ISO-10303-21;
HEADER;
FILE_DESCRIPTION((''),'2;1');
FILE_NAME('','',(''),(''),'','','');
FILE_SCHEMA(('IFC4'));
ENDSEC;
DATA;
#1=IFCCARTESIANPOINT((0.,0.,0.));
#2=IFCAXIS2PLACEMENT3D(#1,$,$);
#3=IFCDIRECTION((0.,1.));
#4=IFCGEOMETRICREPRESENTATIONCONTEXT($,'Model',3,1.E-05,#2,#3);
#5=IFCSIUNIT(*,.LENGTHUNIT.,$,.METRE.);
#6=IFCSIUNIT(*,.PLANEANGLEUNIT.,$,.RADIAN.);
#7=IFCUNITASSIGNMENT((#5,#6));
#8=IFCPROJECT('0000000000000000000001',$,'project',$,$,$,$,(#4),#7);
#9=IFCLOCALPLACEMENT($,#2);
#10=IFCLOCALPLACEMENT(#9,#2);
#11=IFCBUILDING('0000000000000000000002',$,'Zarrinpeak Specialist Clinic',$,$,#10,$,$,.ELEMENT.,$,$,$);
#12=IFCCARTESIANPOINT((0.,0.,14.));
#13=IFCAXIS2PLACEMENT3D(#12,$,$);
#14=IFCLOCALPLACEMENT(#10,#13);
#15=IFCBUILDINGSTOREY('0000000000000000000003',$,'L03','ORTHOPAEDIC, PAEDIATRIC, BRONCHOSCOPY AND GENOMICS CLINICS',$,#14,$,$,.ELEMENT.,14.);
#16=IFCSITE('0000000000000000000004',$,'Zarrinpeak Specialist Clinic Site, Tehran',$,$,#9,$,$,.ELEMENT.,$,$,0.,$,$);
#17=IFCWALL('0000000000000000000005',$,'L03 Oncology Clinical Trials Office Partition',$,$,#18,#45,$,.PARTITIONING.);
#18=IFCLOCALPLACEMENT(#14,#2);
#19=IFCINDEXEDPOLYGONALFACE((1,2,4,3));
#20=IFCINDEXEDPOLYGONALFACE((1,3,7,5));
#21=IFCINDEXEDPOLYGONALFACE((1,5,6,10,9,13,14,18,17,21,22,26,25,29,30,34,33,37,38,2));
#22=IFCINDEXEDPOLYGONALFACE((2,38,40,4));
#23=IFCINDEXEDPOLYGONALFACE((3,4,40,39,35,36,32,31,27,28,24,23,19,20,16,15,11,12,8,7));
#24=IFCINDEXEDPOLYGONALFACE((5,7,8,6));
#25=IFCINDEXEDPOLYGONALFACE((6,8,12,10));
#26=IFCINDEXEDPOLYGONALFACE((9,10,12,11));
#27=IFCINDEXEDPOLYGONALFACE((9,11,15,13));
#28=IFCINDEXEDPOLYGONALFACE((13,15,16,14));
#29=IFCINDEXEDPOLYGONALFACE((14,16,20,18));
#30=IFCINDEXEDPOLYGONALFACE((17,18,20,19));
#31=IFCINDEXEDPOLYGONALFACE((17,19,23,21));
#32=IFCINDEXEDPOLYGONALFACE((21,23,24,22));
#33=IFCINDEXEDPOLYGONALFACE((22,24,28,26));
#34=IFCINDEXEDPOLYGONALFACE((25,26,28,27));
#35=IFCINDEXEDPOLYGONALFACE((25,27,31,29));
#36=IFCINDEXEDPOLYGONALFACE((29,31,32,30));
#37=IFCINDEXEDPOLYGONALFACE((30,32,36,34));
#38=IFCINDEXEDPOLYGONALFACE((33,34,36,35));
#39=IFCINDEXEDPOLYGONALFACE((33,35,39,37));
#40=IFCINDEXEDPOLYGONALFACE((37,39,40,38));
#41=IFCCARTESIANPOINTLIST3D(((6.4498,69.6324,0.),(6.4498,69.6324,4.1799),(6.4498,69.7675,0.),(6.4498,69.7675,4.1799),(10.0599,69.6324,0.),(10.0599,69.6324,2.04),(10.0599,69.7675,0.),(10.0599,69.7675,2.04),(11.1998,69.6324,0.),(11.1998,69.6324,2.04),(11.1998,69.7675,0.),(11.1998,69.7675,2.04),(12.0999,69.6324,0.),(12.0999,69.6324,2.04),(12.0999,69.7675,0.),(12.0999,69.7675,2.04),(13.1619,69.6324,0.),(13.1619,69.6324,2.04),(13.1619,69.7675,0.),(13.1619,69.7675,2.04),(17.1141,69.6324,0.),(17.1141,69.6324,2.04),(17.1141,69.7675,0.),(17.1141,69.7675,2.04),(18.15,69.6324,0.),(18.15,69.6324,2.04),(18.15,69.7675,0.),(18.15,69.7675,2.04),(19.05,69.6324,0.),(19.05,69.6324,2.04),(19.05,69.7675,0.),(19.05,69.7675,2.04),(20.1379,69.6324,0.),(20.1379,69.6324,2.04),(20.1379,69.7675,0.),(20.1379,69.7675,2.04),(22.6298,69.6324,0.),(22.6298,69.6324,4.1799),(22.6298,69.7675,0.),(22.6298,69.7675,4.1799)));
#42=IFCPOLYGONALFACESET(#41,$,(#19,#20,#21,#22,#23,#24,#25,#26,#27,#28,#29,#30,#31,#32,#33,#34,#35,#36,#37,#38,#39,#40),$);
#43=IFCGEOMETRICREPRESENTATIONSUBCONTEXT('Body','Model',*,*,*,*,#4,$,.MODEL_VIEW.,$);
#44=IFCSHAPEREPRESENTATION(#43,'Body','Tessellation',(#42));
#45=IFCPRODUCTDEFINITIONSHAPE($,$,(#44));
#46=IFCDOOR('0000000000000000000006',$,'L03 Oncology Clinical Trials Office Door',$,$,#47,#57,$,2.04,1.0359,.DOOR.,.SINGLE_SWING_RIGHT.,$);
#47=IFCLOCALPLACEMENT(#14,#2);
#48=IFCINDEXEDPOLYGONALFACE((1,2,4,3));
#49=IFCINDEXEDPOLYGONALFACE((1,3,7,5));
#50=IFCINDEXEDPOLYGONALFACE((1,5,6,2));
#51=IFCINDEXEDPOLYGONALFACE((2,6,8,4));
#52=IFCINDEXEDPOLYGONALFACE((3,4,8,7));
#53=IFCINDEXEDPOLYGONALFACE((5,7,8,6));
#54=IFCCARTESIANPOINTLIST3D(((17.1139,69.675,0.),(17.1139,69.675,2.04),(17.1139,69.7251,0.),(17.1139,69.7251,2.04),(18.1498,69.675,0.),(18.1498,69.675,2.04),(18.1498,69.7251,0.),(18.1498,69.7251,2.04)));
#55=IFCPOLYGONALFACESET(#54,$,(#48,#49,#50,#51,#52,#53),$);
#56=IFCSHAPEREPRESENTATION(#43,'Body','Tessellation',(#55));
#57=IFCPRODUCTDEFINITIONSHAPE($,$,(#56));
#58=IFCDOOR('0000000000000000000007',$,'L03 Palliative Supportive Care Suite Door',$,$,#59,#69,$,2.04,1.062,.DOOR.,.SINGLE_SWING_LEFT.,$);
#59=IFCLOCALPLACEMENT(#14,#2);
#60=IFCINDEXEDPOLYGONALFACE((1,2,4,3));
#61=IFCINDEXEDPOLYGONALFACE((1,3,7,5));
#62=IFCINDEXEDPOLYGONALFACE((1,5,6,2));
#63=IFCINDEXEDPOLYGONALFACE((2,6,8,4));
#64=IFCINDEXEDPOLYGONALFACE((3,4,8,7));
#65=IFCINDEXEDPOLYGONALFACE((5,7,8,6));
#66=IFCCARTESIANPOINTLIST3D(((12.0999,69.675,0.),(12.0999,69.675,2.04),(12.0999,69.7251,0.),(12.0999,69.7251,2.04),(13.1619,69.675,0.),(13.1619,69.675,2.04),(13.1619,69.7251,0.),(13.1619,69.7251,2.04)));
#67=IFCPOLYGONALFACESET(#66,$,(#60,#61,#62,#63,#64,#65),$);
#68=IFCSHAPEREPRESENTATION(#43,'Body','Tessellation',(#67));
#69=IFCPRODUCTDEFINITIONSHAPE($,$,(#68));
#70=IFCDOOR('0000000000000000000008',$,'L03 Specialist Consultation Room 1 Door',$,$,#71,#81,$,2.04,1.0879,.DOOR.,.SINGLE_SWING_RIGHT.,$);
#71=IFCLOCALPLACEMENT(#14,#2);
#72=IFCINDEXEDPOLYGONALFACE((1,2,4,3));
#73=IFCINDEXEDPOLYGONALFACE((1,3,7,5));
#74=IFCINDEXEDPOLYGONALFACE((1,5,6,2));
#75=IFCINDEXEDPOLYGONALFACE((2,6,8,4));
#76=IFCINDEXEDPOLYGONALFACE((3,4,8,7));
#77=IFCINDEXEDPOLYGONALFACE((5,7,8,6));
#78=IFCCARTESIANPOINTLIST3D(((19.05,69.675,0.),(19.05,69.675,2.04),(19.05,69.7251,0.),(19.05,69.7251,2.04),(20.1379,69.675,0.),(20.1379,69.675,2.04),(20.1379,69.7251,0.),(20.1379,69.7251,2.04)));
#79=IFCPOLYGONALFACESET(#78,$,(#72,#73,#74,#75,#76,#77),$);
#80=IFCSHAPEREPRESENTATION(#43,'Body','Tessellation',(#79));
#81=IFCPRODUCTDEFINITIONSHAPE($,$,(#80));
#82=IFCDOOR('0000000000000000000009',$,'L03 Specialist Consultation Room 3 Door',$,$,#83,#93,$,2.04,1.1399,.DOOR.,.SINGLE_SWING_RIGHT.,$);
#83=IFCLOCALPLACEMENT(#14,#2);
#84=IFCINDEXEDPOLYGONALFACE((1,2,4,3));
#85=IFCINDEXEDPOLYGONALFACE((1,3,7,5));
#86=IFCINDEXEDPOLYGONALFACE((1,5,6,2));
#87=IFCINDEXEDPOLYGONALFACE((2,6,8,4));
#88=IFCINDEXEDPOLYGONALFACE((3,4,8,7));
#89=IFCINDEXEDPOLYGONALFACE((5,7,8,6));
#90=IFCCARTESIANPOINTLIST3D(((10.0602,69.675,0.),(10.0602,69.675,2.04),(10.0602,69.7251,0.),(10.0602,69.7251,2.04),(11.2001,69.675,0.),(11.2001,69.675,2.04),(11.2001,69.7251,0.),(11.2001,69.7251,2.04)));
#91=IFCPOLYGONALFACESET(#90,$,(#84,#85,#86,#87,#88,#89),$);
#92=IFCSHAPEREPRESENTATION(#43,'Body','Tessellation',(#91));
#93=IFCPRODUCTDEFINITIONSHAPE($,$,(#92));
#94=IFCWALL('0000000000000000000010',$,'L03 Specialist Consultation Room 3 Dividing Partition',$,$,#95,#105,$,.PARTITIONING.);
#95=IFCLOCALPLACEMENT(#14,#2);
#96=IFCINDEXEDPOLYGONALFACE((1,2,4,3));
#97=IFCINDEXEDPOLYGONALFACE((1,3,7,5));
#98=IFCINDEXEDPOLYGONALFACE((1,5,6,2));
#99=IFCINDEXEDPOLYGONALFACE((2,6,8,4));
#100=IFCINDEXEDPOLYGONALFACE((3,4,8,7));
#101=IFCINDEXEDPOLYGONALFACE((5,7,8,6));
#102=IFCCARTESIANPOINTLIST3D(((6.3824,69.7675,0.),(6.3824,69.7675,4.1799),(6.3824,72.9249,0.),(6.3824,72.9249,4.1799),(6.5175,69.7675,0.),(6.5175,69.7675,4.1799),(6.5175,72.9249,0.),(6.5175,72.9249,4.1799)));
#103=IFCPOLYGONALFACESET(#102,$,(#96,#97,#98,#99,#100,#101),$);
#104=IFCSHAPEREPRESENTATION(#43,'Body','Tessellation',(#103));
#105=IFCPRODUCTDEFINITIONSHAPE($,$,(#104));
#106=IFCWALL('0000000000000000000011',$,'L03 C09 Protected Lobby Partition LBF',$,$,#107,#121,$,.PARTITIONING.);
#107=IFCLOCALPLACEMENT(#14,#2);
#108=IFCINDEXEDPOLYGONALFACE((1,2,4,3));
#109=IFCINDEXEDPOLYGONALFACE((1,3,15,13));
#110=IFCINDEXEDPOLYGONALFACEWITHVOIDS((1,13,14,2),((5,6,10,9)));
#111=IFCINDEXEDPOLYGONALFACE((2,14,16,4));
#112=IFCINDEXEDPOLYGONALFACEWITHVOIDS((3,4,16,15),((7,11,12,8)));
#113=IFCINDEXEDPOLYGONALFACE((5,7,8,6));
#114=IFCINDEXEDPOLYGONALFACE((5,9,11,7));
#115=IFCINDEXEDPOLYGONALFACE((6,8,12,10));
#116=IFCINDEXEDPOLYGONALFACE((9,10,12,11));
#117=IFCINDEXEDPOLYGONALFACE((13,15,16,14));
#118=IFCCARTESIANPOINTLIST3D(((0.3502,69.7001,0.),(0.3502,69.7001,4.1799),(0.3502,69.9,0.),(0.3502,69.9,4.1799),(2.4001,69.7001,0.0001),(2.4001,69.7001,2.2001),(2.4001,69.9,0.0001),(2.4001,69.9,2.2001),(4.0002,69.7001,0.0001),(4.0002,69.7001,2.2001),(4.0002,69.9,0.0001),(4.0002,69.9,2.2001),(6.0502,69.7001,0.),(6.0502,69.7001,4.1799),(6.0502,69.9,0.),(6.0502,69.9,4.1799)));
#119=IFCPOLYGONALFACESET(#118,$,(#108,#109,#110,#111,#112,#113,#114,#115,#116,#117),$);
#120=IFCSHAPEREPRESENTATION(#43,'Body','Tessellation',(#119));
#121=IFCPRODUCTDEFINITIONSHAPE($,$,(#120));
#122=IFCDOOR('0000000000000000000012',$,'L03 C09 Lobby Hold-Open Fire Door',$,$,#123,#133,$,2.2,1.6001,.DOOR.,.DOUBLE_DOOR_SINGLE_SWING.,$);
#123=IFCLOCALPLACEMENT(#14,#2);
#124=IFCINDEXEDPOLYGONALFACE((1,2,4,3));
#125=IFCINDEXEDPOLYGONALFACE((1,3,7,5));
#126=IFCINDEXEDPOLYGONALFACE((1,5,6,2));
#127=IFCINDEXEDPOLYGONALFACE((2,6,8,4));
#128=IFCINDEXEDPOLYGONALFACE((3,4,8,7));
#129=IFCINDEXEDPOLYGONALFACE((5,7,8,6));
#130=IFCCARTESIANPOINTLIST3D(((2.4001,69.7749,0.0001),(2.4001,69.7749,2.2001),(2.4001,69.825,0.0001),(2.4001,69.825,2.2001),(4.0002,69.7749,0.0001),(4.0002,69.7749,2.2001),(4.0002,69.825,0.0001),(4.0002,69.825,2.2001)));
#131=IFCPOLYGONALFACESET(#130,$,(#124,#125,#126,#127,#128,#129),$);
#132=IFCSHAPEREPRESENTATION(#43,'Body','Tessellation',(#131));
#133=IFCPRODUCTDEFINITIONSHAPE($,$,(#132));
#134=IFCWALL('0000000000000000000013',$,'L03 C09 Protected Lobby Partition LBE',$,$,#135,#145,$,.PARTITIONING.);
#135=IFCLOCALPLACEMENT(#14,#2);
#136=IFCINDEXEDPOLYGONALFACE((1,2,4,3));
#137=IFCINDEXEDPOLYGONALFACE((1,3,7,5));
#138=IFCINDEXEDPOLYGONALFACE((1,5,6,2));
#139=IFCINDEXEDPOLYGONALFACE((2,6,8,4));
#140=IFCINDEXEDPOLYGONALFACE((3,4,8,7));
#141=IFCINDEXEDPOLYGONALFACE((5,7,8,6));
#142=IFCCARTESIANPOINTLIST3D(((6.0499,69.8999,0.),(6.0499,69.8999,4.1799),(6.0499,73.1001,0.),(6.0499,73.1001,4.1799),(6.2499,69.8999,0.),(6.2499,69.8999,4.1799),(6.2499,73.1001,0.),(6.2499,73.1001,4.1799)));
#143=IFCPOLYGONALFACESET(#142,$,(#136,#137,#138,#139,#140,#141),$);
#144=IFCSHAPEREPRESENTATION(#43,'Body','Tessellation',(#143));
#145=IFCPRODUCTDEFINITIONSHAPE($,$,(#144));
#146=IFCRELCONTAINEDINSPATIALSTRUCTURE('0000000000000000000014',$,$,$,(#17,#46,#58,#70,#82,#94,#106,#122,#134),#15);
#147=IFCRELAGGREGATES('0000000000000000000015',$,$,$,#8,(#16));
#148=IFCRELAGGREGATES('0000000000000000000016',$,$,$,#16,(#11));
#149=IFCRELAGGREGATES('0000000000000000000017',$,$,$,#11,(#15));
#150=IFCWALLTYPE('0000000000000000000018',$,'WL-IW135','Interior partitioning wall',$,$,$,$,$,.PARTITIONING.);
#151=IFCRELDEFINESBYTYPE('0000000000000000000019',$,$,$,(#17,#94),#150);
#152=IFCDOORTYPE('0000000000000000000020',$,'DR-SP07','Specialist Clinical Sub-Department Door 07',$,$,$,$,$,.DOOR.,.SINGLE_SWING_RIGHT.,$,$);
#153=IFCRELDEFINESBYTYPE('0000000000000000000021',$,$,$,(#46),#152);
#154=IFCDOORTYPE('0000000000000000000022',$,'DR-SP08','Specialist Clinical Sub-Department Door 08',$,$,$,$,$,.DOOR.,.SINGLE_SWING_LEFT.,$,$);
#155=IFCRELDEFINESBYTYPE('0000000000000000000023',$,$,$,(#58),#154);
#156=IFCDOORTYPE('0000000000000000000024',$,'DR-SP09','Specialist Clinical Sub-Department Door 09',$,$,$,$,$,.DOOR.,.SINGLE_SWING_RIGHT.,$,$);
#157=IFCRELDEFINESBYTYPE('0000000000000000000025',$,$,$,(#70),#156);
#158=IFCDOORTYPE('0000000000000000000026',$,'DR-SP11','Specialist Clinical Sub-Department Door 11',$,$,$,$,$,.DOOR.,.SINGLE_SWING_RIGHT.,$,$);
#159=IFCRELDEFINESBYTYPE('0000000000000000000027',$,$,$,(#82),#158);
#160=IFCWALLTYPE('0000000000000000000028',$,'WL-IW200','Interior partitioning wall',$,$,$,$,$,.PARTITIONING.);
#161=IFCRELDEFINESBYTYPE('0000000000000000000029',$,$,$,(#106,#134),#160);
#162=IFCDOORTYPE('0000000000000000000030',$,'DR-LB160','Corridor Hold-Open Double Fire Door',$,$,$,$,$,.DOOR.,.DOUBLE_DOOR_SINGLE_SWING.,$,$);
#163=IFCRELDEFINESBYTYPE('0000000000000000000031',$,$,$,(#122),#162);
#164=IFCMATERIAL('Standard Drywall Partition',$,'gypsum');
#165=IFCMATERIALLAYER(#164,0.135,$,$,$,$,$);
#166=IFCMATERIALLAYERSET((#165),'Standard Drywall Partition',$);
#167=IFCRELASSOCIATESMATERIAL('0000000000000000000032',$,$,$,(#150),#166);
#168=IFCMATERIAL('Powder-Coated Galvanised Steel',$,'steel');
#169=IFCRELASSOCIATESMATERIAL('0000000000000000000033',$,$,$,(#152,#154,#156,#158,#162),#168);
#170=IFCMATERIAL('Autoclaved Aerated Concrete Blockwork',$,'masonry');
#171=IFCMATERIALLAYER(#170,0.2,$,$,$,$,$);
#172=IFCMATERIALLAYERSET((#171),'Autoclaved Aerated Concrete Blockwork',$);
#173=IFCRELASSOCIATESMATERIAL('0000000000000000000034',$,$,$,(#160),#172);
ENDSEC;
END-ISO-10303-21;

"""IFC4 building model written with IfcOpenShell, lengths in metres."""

from ifc_helpers import new_model, si_unit, direction, frame, frame_2d, origin, place, context, subcontext, project, spatial, rectangle, extrude, material, layer, layer_set, type_object, element, fill, save


model = new_model("IFC4")

# Units and contexts
model_context = context("Model", 3, precision=1e-05, world=origin(), true_north=direction((0.0, 1.0)))
body_context = subcontext(model_context, "Body", "Model", "MODEL_VIEW")
ifc_project = project(units=[si_unit("LENGTHUNIT", "METRE"), si_unit("PLANEANGLEUNIT", "RADIAN")], contexts=[model_context])

# Site, building, storey
site_placement = place(None, origin())
site = spatial("IfcSite", under=ifc_project, at=site_placement, Name="Zarrinpeak Specialist Clinic Site, Tehran", CompositionType="ELEMENT", RefElevation=0.0)
building_placement = place(site_placement, origin())
building = spatial("IfcBuilding", under=site, at=building_placement, Name="Zarrinpeak Specialist Clinic", CompositionType="ELEMENT")
storey_placement = place(building_placement, frame((0.0, 0.0, 14.0)))
storey = spatial("IfcBuildingStorey", under=building, at=storey_placement, Name="L03", Description="ORTHOPAEDIC, PAEDIATRIC, BRONCHOSCOPY AND GENOMICS CLINICS", CompositionType="ELEMENT", Elevation=14.0)

# Wall, openings, doors
ifc_material_1 = material(Name="Powder-Coated Galvanised Steel", Category="steel")
ifc_material_2 = material(Name="Standard Drywall Partition", Category="gypsum")
ifc_layer_1 = layer(ifc_material_2, 0.135)
ifc_layer_set_1 = layer_set([ifc_layer_1], Name="Standard Drywall Partition")
wall_type_1 = type_object("IfcWallType", Name="WL-IW135", Description="Interior partitioning wall", PredefinedType="PARTITIONING", material=ifc_layer_set_1)
wall_1_placement = place(storey_placement, frame((6.45, 69.7, 0.0), z_axis=(0.0, 0.0, 1.0), x_axis=(1.0, 0.0, 0.0)))
wall_1 = element("IfcWall", 1, at=wall_1_placement, inside=storey, type_object=wall_type_1, Name="L03 Oncology Clinical Trials Office Partition", PredefinedType="PARTITIONING", context=body_context, shape_type="SweptSolid", body=[
    extrude(rectangle(XDim=16.1799, YDim=0.135, at=frame_2d((8.0898, 0.0))), origin(), (0.0, 0.0, 1.0), 4.1799),
])
opening_1_placement = place(wall_1_placement, frame((10.6641, 0.0, 0.0)))
opening_1 = element("IfcOpeningElement", 2, at=opening_1_placement, cuts=wall_1, PredefinedType="OPENING", context=body_context, shape_type="SweptSolid", body=[
    extrude(rectangle(XDim=1.0359, YDim=2.04, at=frame_2d((0.5181, 1.02))), frame((0.0, 0.0776, 0.0), z_axis=(0.0, -1.0, 0.0), x_axis=(1.0, 0.0, 0.0)), (0.0, 0.0, 1.0), 0.155),
])
opening_2_placement = place(wall_1_placement, frame((5.6499, 0.0, 0.0)))
opening_2 = element("IfcOpeningElement", 3, at=opening_2_placement, cuts=wall_1, PredefinedType="OPENING", context=body_context, shape_type="SweptSolid", body=[
    extrude(rectangle(XDim=1.062, YDim=2.04, at=frame_2d((0.531, 1.02))), frame((0.0, 0.0776, 0.0), z_axis=(0.0, -1.0, 0.0), x_axis=(1.0, 0.0, 0.0)), (0.0, 0.0, 1.0), 0.155),
])
opening_3_placement = place(wall_1_placement, frame((12.6001, 0.0, 0.0)))
opening_3 = element("IfcOpeningElement", 4, at=opening_3_placement, cuts=wall_1, PredefinedType="OPENING", context=body_context, shape_type="SweptSolid", body=[
    extrude(rectangle(XDim=1.0879, YDim=2.04, at=frame_2d((0.5439, 1.02))), frame((0.0, 0.0776, 0.0), z_axis=(0.0, -1.0, 0.0), x_axis=(1.0, 0.0, 0.0)), (0.0, 0.0, 1.0), 0.155),
])
opening_4_placement = place(wall_1_placement, frame((3.6101, 0.0, 0.0)))
opening_4 = element("IfcOpeningElement", 5, at=opening_4_placement, cuts=wall_1, PredefinedType="OPENING", context=body_context, shape_type="SweptSolid", body=[
    extrude(rectangle(XDim=1.1399, YDim=2.04, at=frame_2d((0.5698, 1.02))), frame((0.0, 0.0776, 0.0), z_axis=(0.0, -1.0, 0.0), x_axis=(1.0, 0.0, 0.0)), (0.0, 0.0, 1.0), 0.155),
])
door_type_1 = type_object("IfcDoorType", Name="DR-SP07", Description="Specialist Clinical Sub-Department Door 07", OperationType="SINGLE_SWING_RIGHT", PredefinedType="DOOR", material=ifc_material_1)
door_1_placement = place(opening_1_placement, frame((1.0359, 0.0, 0.0), z_axis=(0.0, 0.0, 1.0), x_axis=(-1.0, 0.0, 0.0)))
door_1 = element("IfcDoor", 6, at=door_1_placement, inside=storey, type_object=door_type_1, Name="L03 Oncology Clinical Trials Office Door", OperationType="SINGLE_SWING_RIGHT", OverallHeight=2.04, OverallWidth=1.0359, PredefinedType="DOOR", context=body_context, shape_type="SweptSolid", body=[
    extrude(rectangle(XDim=1.0359, YDim=2.04, at=frame_2d((0.5181, 1.02))), frame((0.0, 0.0249, 0.0), z_axis=(0.0, -1.0, 0.0), x_axis=(1.0, 0.0, 0.0)), (0.0, 0.0, 1.0), 0.05),
])
fill(opening_1, door_1)
door_type_2 = type_object("IfcDoorType", Name="DR-SP08", Description="Specialist Clinical Sub-Department Door 08", OperationType="SINGLE_SWING_LEFT", PredefinedType="DOOR", material=ifc_material_1)
door_2_placement = place(opening_2_placement, frame((1.062, 0.0, 0.0), z_axis=(0.0, 0.0, 1.0), x_axis=(-1.0, 0.0, 0.0)))
door_2 = element("IfcDoor", 7, at=door_2_placement, inside=storey, type_object=door_type_2, Name="L03 Palliative Supportive Care Suite Door", OperationType="SINGLE_SWING_LEFT", OverallHeight=2.04, OverallWidth=1.062, PredefinedType="DOOR", context=body_context, shape_type="SweptSolid", body=[
    extrude(rectangle(XDim=1.062, YDim=2.04, at=frame_2d((0.531, 1.02))), frame((0.0, 0.0249, 0.0), z_axis=(0.0, -1.0, 0.0), x_axis=(1.0, 0.0, 0.0)), (0.0, 0.0, 1.0), 0.05),
])
fill(opening_2, door_2)
door_type_3 = type_object("IfcDoorType", Name="DR-SP09", Description="Specialist Clinical Sub-Department Door 09", OperationType="SINGLE_SWING_RIGHT", PredefinedType="DOOR", material=ifc_material_1)
door_3_placement = place(opening_3_placement, frame((1.0879, 0.0, 0.0), z_axis=(0.0, 0.0, 1.0), x_axis=(-1.0, 0.0, 0.0)))
door_3 = element("IfcDoor", 8, at=door_3_placement, inside=storey, type_object=door_type_3, Name="L03 Specialist Consultation Room 1 Door", OperationType="SINGLE_SWING_RIGHT", OverallHeight=2.04, OverallWidth=1.0879, PredefinedType="DOOR", context=body_context, shape_type="SweptSolid", body=[
    extrude(rectangle(XDim=1.0879, YDim=2.04, at=frame_2d((0.5439, 1.02))), frame((0.0, 0.0249, 0.0), z_axis=(0.0, -1.0, 0.0), x_axis=(1.0, 0.0, 0.0)), (0.0, 0.0, 1.0), 0.05),
])
fill(opening_3, door_3)
door_type_4 = type_object("IfcDoorType", Name="DR-SP11", Description="Specialist Clinical Sub-Department Door 11", OperationType="SINGLE_SWING_RIGHT", PredefinedType="DOOR", material=ifc_material_1)
door_4_placement = place(opening_4_placement, frame((1.1399, 0.0, 0.0), z_axis=(0.0, 0.0, 1.0), x_axis=(-1.0, 0.0, 0.0)))
door_4 = element("IfcDoor", 9, at=door_4_placement, inside=storey, type_object=door_type_4, Name="L03 Specialist Consultation Room 3 Door", OperationType="SINGLE_SWING_RIGHT", OverallHeight=2.04, OverallWidth=1.1399, PredefinedType="DOOR", context=body_context, shape_type="SweptSolid", body=[
    extrude(rectangle(XDim=1.1399, YDim=2.04, at=frame_2d((0.5698, 1.02))), frame((0.0, 0.0249, 0.0), z_axis=(0.0, -1.0, 0.0), x_axis=(1.0, 0.0, 0.0)), (0.0, 0.0, 1.0), 0.05),
])
fill(opening_4, door_4)

# Wall
wall_2_placement = place(storey_placement, frame((6.45, 69.7676, 0.0), z_axis=(0.0, 0.0, 1.0), x_axis=(0.0, 1.0, 0.0)))
element("IfcWall", 10, at=wall_2_placement, inside=storey, type_object=wall_type_1, Name="L03 Specialist Consultation Room 3 Dividing Partition", PredefinedType="PARTITIONING", context=body_context, shape_type="SweptSolid", body=[
    extrude(rectangle(XDim=3.1575, YDim=0.135, at=frame_2d((1.5786, 0.0))), origin(), (0.0, 0.0, 1.0), 4.1799),
])

# Wall, opening, door
ifc_material_3 = material(Name="Autoclaved Aerated Concrete Blockwork", Category="masonry")
ifc_layer_2 = layer(ifc_material_3, 0.2)
ifc_layer_set_2 = layer_set([ifc_layer_2], Name="Autoclaved Aerated Concrete Blockwork")
wall_type_2 = type_object("IfcWallType", Name="WL-IW200", Description="Interior partitioning wall", PredefinedType="PARTITIONING", material=ifc_layer_set_2)
wall_3_placement = place(storey_placement, frame((0.3501, 69.8, 0.0), z_axis=(0.0, 0.0, 1.0), x_axis=(1.0, 0.0, 0.0)))
wall_3 = element("IfcWall", 11, at=wall_3_placement, inside=storey, type_object=wall_type_2, Name="L03 C09 Protected Lobby Partition LBF", PredefinedType="PARTITIONING", context=body_context, shape_type="SweptSolid", body=[
    extrude(rectangle(XDim=5.7, YDim=0.2, at=frame_2d((2.8501, 0.0))), origin(), (0.0, 0.0, 1.0), 4.1799),
])
opening_5_placement = place(wall_3_placement, frame((2.05, 0.0, 0.0)))
opening_5 = element("IfcOpeningElement", 12, at=opening_5_placement, cuts=wall_3, PredefinedType="OPENING", context=body_context, shape_type="SweptSolid", body=[
    extrude(rectangle(XDim=1.6001, YDim=2.2, at=frame_2d((0.8, 1.1001))), frame((0.0, 0.1099, 0.0), z_axis=(0.0, -1.0, 0.0), x_axis=(1.0, 0.0, 0.0)), (0.0, 0.0, 1.0), 0.22),
])
door_type_5 = type_object("IfcDoorType", Name="DR-LB160", Description="Corridor Hold-Open Double Fire Door", OperationType="DOUBLE_DOOR_SINGLE_SWING", PredefinedType="DOOR", material=ifc_material_1)
door_5_placement = place(opening_5_placement, origin())
door_5 = element("IfcDoor", 13, at=door_5_placement, inside=storey, type_object=door_type_5, Name="L03 C09 Lobby Hold-Open Fire Door", OperationType="DOUBLE_DOOR_SINGLE_SWING", OverallHeight=2.2, OverallWidth=1.6001, PredefinedType="DOOR", context=body_context, shape_type="SweptSolid", body=[
    extrude(rectangle(XDim=1.6001, YDim=2.2, at=frame_2d((0.8, 1.1001))), frame((0.0, 0.0249, 0.0), z_axis=(0.0, -1.0, 0.0), x_axis=(1.0, 0.0, 0.0)), (0.0, 0.0, 1.0), 0.05),
])
fill(opening_5, door_5)

# Wall
wall_4_placement = place(storey_placement, frame((6.1499, 69.8999, 0.0), z_axis=(0.0, 0.0, 1.0), x_axis=(0.0, 1.0, 0.0)))
element("IfcWall", 14, at=wall_4_placement, inside=storey, type_object=wall_type_2, Name="L03 C09 Protected Lobby Partition LBE", PredefinedType="PARTITIONING", context=body_context, shape_type="SweptSolid", body=[
    extrude(rectangle(XDim=3.2002, YDim=0.2, at=frame_2d((1.6001, 0.0))), origin(), (0.0, 0.0, 1.0), 4.1799),
])

save(model, "model.ifc")
